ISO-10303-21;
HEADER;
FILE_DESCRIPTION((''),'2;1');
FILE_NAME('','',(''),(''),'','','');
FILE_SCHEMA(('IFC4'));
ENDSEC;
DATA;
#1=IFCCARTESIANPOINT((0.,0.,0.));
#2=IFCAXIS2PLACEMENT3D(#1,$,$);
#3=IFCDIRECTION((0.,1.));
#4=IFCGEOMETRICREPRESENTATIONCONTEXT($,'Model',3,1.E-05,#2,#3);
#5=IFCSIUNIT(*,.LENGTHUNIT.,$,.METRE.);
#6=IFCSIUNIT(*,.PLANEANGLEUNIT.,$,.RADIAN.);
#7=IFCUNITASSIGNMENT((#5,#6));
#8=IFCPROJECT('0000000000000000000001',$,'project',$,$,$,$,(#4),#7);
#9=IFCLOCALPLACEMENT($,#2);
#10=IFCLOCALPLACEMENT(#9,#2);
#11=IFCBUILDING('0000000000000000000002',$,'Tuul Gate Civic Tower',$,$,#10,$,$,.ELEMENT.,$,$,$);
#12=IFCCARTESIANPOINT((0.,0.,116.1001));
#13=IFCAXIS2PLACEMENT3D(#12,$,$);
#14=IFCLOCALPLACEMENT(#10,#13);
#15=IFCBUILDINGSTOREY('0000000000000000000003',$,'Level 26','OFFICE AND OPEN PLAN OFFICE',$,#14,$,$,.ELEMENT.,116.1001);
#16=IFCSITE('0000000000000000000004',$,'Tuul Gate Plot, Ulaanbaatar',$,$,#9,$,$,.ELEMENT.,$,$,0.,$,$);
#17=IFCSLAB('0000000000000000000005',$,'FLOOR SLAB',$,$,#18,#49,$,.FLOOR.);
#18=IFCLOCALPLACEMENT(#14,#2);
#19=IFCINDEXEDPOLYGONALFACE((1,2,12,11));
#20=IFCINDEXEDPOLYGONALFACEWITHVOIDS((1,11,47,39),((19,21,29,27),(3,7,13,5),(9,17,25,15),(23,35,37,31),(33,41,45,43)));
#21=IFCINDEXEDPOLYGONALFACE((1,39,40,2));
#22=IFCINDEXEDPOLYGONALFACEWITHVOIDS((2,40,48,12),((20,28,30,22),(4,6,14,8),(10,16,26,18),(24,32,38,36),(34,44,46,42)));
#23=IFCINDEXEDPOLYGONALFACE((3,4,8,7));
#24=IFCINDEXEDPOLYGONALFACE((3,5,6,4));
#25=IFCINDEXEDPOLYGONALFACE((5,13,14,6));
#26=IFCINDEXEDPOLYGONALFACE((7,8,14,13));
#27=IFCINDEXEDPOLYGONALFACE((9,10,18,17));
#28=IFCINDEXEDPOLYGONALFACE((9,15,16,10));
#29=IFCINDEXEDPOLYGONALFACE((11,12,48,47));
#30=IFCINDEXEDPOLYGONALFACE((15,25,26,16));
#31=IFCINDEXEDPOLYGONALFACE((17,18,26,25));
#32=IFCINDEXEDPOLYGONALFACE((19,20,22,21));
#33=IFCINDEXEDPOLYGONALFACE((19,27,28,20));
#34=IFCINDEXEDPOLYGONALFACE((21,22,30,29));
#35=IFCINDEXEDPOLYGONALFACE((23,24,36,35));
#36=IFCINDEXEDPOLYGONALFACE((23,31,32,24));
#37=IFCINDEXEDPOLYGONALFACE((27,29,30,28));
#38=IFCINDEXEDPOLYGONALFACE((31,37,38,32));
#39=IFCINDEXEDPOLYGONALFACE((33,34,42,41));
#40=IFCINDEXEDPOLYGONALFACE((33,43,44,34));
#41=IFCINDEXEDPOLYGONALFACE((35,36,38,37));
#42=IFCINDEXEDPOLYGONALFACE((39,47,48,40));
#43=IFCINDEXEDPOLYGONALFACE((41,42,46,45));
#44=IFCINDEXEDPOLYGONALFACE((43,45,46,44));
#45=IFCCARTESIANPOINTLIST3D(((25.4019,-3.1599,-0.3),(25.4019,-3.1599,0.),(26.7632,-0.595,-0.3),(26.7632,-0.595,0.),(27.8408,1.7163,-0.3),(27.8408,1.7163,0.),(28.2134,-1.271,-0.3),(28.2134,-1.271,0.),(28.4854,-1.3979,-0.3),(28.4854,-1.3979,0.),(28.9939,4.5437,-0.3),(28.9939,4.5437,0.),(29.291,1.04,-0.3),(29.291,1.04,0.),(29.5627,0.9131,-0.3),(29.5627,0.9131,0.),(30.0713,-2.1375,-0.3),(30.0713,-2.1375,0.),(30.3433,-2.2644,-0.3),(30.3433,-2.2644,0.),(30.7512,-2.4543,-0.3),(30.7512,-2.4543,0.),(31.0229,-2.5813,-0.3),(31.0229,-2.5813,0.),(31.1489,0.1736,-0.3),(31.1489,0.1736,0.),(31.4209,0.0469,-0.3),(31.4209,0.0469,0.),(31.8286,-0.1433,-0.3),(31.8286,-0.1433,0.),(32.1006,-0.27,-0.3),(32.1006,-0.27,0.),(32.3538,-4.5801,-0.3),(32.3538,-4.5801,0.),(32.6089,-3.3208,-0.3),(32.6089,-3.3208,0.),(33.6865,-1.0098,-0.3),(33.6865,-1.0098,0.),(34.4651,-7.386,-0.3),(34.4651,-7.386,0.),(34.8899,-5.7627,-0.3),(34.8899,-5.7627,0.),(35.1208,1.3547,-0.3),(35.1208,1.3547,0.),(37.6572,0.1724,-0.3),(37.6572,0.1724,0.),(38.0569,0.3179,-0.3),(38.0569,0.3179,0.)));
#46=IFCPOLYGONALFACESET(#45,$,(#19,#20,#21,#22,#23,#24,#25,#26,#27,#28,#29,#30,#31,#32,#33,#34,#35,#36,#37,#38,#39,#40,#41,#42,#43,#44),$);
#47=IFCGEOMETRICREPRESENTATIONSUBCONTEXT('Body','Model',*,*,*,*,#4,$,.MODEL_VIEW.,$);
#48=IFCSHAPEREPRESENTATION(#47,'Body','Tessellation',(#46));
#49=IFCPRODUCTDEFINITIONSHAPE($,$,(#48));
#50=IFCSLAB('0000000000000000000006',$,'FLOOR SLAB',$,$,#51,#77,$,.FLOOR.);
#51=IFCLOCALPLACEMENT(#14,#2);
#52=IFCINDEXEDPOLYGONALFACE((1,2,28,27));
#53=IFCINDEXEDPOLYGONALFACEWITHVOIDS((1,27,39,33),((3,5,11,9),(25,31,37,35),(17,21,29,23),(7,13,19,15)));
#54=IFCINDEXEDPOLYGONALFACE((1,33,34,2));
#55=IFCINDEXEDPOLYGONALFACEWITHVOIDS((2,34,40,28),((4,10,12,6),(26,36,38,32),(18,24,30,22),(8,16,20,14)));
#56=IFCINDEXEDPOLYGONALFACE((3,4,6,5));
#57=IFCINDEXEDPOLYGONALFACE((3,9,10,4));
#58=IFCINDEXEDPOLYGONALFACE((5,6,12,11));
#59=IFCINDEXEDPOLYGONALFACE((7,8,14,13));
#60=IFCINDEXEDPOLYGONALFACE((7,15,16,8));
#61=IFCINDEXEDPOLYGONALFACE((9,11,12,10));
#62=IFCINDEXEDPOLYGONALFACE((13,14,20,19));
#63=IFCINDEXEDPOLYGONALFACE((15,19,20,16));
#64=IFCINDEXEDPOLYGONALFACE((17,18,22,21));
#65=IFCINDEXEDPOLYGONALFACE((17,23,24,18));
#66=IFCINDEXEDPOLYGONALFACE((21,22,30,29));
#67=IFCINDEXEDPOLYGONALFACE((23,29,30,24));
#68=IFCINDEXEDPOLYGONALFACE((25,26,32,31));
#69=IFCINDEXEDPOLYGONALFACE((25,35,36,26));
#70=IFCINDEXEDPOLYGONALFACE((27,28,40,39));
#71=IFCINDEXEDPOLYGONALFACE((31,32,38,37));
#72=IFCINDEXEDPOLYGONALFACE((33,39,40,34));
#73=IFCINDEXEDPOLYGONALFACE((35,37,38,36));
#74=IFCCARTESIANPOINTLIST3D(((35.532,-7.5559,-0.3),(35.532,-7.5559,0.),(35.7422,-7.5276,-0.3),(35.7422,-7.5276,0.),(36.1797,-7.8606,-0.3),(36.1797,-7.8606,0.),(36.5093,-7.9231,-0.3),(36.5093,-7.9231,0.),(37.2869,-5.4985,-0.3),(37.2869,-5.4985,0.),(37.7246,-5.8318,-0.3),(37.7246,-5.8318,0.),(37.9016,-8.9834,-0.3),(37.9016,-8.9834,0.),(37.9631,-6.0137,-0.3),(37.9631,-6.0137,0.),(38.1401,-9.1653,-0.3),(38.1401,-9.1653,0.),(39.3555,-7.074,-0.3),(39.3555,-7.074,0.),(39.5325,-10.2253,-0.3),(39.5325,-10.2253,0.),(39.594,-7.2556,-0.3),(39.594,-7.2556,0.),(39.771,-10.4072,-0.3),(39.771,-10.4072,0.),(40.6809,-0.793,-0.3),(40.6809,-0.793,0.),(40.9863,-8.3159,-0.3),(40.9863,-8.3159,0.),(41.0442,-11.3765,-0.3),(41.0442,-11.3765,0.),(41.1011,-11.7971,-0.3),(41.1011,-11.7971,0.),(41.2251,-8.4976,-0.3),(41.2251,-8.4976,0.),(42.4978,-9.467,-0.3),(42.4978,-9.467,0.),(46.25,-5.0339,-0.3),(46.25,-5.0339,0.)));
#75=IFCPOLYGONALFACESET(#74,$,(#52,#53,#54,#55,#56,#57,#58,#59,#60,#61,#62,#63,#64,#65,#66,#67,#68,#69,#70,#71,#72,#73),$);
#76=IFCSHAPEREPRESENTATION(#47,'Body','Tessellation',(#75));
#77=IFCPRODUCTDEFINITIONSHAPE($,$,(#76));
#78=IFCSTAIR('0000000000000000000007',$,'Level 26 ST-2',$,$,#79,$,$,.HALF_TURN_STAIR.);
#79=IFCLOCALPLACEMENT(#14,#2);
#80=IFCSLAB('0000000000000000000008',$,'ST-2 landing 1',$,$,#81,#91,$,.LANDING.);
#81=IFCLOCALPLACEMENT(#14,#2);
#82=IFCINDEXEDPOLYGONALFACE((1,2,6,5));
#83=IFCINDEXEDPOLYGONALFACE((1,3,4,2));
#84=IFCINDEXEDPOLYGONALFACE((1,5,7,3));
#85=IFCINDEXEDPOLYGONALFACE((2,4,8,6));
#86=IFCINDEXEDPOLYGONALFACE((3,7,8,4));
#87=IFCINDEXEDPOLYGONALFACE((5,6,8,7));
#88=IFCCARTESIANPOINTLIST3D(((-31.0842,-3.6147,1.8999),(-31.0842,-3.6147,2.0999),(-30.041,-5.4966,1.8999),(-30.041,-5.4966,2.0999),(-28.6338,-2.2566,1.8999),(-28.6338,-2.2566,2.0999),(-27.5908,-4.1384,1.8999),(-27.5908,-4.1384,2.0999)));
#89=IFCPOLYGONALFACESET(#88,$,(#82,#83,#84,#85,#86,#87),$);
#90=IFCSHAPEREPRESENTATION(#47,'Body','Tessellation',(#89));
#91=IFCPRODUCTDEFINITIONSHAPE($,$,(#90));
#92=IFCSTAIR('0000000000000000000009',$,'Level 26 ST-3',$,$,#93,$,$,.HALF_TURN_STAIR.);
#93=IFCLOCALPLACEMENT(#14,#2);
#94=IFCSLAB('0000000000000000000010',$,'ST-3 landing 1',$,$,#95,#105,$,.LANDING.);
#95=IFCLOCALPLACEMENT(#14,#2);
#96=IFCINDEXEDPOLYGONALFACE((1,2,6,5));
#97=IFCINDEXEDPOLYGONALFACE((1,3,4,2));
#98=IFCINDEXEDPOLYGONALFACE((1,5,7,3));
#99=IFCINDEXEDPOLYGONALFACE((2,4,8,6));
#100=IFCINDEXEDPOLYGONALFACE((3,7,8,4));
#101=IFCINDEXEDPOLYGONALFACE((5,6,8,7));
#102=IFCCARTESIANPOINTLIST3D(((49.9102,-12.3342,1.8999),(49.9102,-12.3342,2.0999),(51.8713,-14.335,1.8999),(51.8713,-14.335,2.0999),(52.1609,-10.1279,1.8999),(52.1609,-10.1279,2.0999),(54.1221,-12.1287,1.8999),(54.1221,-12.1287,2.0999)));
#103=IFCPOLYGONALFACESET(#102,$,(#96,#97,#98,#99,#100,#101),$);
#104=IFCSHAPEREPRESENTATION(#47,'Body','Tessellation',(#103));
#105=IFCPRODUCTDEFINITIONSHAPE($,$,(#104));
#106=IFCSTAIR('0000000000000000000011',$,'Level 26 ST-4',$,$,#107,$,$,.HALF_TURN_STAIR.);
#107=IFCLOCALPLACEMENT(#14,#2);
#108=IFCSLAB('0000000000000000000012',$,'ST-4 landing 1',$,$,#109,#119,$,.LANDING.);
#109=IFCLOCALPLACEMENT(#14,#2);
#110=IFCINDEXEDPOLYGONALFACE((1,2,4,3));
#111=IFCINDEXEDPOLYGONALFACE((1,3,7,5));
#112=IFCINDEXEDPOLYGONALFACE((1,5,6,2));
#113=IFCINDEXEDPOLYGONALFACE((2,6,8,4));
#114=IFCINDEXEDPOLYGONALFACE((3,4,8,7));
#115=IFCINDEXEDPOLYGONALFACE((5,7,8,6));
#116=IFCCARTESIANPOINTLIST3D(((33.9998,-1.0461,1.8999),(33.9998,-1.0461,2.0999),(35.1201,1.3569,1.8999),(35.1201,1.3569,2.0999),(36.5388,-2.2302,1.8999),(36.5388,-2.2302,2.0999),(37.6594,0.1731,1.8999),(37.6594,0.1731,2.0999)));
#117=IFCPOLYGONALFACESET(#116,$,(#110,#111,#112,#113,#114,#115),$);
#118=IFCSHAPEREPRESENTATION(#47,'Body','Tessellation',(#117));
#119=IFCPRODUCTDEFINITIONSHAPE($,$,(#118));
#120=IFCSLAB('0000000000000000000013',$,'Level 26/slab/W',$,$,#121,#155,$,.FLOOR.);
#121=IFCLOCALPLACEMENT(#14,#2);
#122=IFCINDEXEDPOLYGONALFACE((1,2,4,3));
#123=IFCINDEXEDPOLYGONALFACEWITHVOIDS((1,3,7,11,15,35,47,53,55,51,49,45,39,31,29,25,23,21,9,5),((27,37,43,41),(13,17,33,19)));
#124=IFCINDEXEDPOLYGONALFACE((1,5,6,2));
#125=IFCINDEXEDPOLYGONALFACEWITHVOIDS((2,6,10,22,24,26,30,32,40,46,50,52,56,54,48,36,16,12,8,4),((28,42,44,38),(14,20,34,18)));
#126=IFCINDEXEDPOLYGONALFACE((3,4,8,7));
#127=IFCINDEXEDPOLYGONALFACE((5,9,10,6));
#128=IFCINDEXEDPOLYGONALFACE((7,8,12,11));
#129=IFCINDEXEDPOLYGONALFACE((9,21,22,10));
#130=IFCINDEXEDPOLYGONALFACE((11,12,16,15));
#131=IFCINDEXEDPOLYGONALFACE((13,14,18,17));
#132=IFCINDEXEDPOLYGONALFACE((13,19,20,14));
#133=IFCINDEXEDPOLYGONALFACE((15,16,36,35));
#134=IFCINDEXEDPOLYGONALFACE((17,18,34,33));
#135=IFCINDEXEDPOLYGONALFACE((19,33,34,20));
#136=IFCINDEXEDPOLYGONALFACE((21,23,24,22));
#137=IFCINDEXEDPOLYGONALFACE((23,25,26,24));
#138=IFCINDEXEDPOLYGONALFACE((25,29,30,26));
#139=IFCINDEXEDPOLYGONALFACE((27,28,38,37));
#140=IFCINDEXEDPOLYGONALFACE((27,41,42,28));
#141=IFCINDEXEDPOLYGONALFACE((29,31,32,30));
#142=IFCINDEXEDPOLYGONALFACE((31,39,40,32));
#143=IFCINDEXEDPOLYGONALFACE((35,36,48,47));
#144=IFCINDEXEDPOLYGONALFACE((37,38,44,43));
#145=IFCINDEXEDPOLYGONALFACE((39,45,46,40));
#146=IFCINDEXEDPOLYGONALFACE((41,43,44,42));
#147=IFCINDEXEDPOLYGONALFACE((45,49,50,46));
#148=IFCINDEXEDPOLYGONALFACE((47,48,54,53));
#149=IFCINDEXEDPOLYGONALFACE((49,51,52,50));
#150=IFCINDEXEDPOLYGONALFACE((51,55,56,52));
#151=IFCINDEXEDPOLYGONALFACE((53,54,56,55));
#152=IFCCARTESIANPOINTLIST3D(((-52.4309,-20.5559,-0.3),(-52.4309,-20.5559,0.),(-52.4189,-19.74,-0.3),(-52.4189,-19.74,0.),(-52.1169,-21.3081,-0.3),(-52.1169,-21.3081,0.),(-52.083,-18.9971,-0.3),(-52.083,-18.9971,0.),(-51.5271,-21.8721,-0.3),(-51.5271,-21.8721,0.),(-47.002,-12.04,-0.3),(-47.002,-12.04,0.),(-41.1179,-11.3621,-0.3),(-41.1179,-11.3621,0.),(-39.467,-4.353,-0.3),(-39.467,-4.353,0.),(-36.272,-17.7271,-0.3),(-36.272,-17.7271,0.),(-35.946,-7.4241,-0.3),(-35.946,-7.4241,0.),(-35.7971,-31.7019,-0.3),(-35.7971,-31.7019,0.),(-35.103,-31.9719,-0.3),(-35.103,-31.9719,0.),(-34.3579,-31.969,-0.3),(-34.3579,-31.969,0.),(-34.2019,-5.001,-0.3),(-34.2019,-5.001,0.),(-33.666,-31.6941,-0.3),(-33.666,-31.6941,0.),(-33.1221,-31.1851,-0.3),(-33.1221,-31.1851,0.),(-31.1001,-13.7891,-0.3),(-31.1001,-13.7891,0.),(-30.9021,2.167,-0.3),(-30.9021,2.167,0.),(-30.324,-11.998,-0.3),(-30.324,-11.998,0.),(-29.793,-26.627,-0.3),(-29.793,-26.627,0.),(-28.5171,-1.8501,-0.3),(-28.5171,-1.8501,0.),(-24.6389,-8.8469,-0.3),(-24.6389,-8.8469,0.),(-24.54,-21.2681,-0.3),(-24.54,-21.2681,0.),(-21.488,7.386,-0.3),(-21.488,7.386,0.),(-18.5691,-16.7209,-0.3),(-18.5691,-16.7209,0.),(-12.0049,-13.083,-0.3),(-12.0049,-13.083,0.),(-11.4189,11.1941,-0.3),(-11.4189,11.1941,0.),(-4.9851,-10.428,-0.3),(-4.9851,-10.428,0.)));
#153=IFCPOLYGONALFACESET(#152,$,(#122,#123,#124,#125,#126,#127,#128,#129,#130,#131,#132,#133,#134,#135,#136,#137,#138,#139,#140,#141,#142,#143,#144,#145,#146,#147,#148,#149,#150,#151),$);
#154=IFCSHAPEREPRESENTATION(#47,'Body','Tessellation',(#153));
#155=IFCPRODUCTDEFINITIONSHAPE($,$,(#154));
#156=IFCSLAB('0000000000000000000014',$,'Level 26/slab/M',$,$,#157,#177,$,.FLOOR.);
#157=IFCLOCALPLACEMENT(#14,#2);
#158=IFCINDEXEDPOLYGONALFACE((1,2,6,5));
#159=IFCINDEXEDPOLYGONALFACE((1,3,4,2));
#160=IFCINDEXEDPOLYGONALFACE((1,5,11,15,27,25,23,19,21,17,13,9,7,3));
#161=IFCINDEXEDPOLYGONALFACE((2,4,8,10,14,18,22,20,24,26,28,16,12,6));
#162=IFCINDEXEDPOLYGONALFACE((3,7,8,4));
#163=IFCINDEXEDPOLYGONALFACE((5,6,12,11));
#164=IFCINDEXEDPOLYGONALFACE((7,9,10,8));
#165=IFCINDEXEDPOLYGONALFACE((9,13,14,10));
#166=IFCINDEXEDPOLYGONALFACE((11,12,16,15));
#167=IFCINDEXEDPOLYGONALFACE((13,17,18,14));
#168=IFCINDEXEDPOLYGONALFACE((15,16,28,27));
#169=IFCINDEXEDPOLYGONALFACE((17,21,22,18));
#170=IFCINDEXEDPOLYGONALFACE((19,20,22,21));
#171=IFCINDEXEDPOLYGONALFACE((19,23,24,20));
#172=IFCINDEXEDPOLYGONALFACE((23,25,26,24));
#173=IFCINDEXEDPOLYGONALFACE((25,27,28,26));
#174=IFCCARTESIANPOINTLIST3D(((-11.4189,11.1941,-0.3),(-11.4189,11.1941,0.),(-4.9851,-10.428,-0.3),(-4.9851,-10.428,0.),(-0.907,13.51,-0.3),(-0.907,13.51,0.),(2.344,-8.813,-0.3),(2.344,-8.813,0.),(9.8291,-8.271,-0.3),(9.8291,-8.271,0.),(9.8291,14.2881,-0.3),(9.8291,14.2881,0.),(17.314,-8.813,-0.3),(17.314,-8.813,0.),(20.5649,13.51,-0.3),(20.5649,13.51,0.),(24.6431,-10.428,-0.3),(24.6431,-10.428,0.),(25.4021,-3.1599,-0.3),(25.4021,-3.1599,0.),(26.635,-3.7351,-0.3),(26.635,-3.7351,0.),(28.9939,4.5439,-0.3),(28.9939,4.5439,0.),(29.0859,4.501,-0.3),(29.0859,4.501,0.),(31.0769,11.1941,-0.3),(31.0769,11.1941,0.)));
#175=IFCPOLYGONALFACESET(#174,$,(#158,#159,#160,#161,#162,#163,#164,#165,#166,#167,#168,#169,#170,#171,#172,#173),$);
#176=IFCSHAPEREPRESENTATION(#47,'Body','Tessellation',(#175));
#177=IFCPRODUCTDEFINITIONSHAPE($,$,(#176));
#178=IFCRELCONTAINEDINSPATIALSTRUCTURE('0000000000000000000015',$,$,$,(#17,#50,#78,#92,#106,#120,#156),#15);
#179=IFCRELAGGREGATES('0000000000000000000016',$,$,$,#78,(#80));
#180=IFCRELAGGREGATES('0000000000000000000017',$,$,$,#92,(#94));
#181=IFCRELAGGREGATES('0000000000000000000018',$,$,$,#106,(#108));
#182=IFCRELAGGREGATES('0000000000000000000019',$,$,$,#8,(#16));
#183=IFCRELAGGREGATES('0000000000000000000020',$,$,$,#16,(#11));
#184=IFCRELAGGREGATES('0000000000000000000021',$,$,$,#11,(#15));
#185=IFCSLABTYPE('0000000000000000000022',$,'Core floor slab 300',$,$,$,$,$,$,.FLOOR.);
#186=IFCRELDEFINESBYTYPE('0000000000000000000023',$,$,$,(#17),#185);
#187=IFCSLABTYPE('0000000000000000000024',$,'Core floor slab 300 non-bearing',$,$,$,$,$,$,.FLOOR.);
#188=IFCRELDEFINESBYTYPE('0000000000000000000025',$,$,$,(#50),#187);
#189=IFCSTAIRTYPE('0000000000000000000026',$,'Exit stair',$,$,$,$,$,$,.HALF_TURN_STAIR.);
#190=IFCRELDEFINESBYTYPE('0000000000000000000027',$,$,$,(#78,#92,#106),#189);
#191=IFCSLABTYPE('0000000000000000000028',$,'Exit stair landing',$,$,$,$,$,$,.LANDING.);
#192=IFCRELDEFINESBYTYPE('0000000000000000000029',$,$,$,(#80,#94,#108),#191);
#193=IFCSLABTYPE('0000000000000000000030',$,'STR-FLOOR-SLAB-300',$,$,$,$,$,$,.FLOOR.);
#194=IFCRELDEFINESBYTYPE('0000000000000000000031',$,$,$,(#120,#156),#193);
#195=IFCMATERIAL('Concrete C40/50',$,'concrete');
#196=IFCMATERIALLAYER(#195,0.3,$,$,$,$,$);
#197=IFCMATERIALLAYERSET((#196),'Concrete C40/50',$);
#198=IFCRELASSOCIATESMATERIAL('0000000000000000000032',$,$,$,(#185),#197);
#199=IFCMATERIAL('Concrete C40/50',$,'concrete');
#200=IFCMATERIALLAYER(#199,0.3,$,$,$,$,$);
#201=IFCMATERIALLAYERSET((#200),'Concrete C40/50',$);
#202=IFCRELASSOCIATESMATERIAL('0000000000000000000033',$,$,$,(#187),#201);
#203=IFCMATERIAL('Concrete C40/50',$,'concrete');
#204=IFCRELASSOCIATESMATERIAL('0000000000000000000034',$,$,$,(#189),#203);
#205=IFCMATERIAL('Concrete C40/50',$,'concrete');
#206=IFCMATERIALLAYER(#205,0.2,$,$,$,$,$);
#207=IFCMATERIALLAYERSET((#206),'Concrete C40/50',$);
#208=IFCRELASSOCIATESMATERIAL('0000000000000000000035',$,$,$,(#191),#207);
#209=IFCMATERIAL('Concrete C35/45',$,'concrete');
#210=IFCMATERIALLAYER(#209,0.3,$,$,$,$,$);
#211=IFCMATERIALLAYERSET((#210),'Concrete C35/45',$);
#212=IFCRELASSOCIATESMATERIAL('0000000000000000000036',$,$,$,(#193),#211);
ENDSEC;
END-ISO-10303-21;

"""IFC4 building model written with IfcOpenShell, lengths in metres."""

from ifc_helpers import new_model, si_unit, direction, frame, origin, place, context, subcontext, project, spatial, polyline, outline, extrude, material, layer, layer_set, type_object, element, aggregate, save


model = new_model("IFC4")

# Units and contexts
model_context = context("Model", 3, precision=1e-05, world=origin(), true_north=direction((0.0, 1.0)))
body_context = subcontext(model_context, "Body", "Model", "MODEL_VIEW")
ifc_project = project(units=[si_unit("LENGTHUNIT", "METRE"), si_unit("PLANEANGLEUNIT", "RADIAN")], contexts=[model_context])

# Site, building, storey
site_placement = place(None, origin())
site = spatial("IfcSite", under=ifc_project, at=site_placement, Name="Tuul Gate Plot, Ulaanbaatar", CompositionType="ELEMENT", RefElevation=0.0)
building_placement = place(site_placement, origin())
building = spatial("IfcBuilding", under=site, at=building_placement, Name="Tuul Gate Civic Tower", CompositionType="ELEMENT")
storey_placement = place(building_placement, frame((0.0, 0.0, 116.1001)))
storey = spatial("IfcBuildingStorey", under=building, at=storey_placement, Name="Level 26", Description="OFFICE AND OPEN PLAN OFFICE", CompositionType="ELEMENT", Elevation=116.1001)

# Slabs
ifc_material_1 = material(Name="Concrete C40/50", Category="concrete")
ifc_layer_1 = layer(ifc_material_1, 0.3)
ifc_layer_set_1 = layer_set([ifc_layer_1], Name="Concrete C40/50")
slab_type_1 = type_object("IfcSlabType", Name="Core floor slab 300", PredefinedType="FLOOR", material=ifc_layer_set_1)
slab_1_placement = place(storey_placement, frame((0.0, 0.0, -0.3)))
element("IfcSlab", 1, at=slab_1_placement, inside=storey, type_object=slab_type_1, Name="FLOOR SLAB", PredefinedType="FLOOR", context=body_context, shape_type="SweptSolid", body=[
    extrude(outline(polyline([(34.4651, -7.386), (38.0569, 0.3179), (28.9939, 4.5437), (25.4019, -3.1599), (34.4651, -7.386)]), holes=[polyline([(32.6089, -3.3208), (33.6865, -1.0098), (32.1006, -0.27), (31.0229, -2.5813), (32.6089, -3.3208)]), polyline([(30.0713, -2.1375), (31.1489, 0.1736), (29.5627, 0.9131), (28.4854, -1.3979), (30.0713, -2.1375)]), polyline([(30.7512, -2.4543), (31.8286, -0.1433), (31.4209, 0.0469), (30.3433, -2.2644), (30.7512, -2.4543)]), polyline([(28.2134, -1.271), (29.291, 1.04), (27.8408, 1.7163), (26.7632, -0.595), (28.2134, -1.271)]), polyline([(34.8899, -5.7627), (32.3538, -4.5801), (35.1208, 1.3547), (37.6572, 0.1724), (34.8899, -5.7627)])]), origin(), (0.0, 0.0, 1.0), 0.3),
])
ifc_material_2 = material(Name="Concrete C40/50", Category="concrete")
ifc_layer_2 = layer(ifc_material_2, 0.3)
ifc_layer_set_2 = layer_set([ifc_layer_2], Name="Concrete C40/50")
slab_type_2 = type_object("IfcSlabType", Name="Core floor slab 300 non-bearing", PredefinedType="FLOOR", material=ifc_layer_set_2)
slab_2_placement = place(storey_placement, frame((0.0, 0.0, -0.3)))
element("IfcSlab", 2, at=slab_2_placement, inside=storey, type_object=slab_type_2, Name="FLOOR SLAB", PredefinedType="FLOOR", context=body_context, shape_type="SweptSolid", body=[
    extrude(outline(polyline([(41.1011, -11.7971), (46.25, -5.0339), (40.6809, -0.793), (35.532, -7.5559), (41.1011, -11.7971)]), holes=[polyline([(41.0442, -11.3765), (42.4978, -9.467), (41.2251, -8.4976), (39.771, -10.4072), (41.0442, -11.3765)]), polyline([(39.5325, -10.2253), (40.9863, -8.3159), (39.594, -7.2556), (38.1401, -9.1653), (39.5325, -10.2253)]), polyline([(37.9016, -8.9834), (39.3555, -7.074), (37.9631, -6.0137), (36.5093, -7.9231), (37.9016, -8.9834)]), polyline([(36.1797, -7.8606), (37.7246, -5.8318), (37.2869, -5.4985), (35.7422, -7.5276), (36.1797, -7.8606)])]), origin(), (0.0, 0.0, 1.0), 0.3),
])

# Stairs, slabs
ifc_material_3 = material(Name="Concrete C40/50", Category="concrete")
stair_type = type_object("IfcStairType", Name="Exit stair", PredefinedType="HALF_TURN_STAIR", material=ifc_material_3)
stair_1_placement = place(storey_placement, origin())
stair_1 = element("IfcStair", 3, at=stair_1_placement, inside=storey, type_object=stair_type, Name="Level 26 ST-2", PredefinedType="HALF_TURN_STAIR")
ifc_material_4 = material(Name="Concrete C40/50", Category="concrete")
ifc_layer_3 = layer(ifc_material_4, 0.2)
ifc_layer_set_3 = layer_set([ifc_layer_3], Name="Concrete C40/50")
slab_type_3 = type_object("IfcSlabType", Name="Exit stair landing", PredefinedType="LANDING", material=ifc_layer_set_3)
slab_3_placement = place(storey_placement, frame((0.0, 0.0, 1.8999)))
slab_3 = element("IfcSlab", 4, at=slab_3_placement, type_object=slab_type_3, Name="ST-2 landing 1", PredefinedType="LANDING", context=body_context, shape_type="SweptSolid", body=[
    extrude(outline(polyline([(-27.5908, -4.1384), (-30.041, -5.4966), (-31.0842, -3.6147), (-28.6338, -2.2566), (-27.5908, -4.1384)])), origin(), (0.0, 0.0, 1.0), 0.2),
])
aggregate(stair_1, [slab_3])
stair_2_placement = place(storey_placement, origin())
stair_2 = element("IfcStair", 5, at=stair_2_placement, inside=storey, type_object=stair_type, Name="Level 26 ST-3", PredefinedType="HALF_TURN_STAIR")
slab_4_placement = place(storey_placement, frame((0.0, 0.0, 1.8999)))
slab_4 = element("IfcSlab", 6, at=slab_4_placement, type_object=slab_type_3, Name="ST-3 landing 1", PredefinedType="LANDING", context=body_context, shape_type="SweptSolid", body=[
    extrude(outline(polyline([(51.8713, -14.335), (49.9102, -12.3342), (52.1609, -10.1279), (54.1221, -12.1287), (51.8713, -14.335)])), origin(), (0.0, 0.0, 1.0), 0.2),
])
aggregate(stair_2, [slab_4])
stair_3_placement = place(storey_placement, origin())
stair_3 = element("IfcStair", 7, at=stair_3_placement, inside=storey, type_object=stair_type, Name="Level 26 ST-4", PredefinedType="HALF_TURN_STAIR")
slab_5_placement = place(storey_placement, frame((0.0, 0.0, 1.8999)))
slab_5 = element("IfcSlab", 8, at=slab_5_placement, type_object=slab_type_3, Name="ST-4 landing 1", PredefinedType="LANDING", context=body_context, shape_type="SweptSolid", body=[
    extrude(outline(polyline([(36.5388, -2.2302), (33.9998, -1.0461), (35.1201, 1.3569), (37.6594, 0.1731), (36.5388, -2.2302)])), origin(), (0.0, 0.0, 1.0), 0.2),
])
aggregate(stair_3, [slab_5])

# Slabs
ifc_material_5 = material(Name="Concrete C35/45", Category="concrete")
ifc_layer_4 = layer(ifc_material_5, 0.3)
ifc_layer_set_4 = layer_set([ifc_layer_4], Name="Concrete C35/45")
slab_type_4 = type_object("IfcSlabType", Name="STR-FLOOR-SLAB-300", PredefinedType="FLOOR", material=ifc_layer_set_4)
slab_6_placement = place(storey_placement, frame((0.0, 0.0, -0.3)))
element("IfcSlab", 9, at=slab_6_placement, inside=storey, type_object=slab_type_4, Name="Level 26/slab/W", PredefinedType="FLOOR", context=body_context, shape_type="SweptSolid", body=[
    extrude(outline(polyline([(-12.0049, -13.083), (-4.9851, -10.428), (-11.4189, 11.1941), (-21.488, 7.386), (-30.9021, 2.167), (-39.467, -4.353), (-47.002, -12.04), (-52.083, -18.9971), (-52.4189, -19.74), (-52.4309, -20.5559), (-52.1169, -21.3081), (-51.5271, -21.8721), (-35.7971, -31.7019), (-35.103, -31.9719), (-34.3579, -31.969), (-33.666, -31.6941), (-33.1221, -31.1851), (-29.793, -26.627), (-24.54, -21.2681), (-18.5691, -16.7209), (-12.0049, -13.083)]), holes=[polyline([(-31.1001, -13.7891), (-36.272, -17.7271), (-41.1179, -11.3621), (-35.946, -7.4241), (-31.1001, -13.7891)]), polyline([(-24.6389, -8.8469), (-30.324, -11.998), (-34.2019, -5.001), (-28.5171, -1.8501), (-24.6389, -8.8469)])]), origin(), (0.0, 0.0, 1.0), 0.3),
])
slab_7_placement = place(storey_placement, frame((0.0, 0.0, -0.3)))
element("IfcSlab", 10, at=slab_7_placement, inside=storey, type_object=slab_type_4, Name="Level 26/slab/M", PredefinedType="FLOOR", context=body_context, shape_type="SweptSolid", body=[
    extrude(outline(polyline([(24.6431, -10.428), (26.635, -3.7351), (25.4021, -3.1599), (28.9939, 4.5439), (29.0859, 4.501), (31.0769, 11.1941), (20.5649, 13.51), (9.8291, 14.2881), (-0.907, 13.51), (-11.4189, 11.1941), (-4.9851, -10.428), (2.344, -8.813), (9.8291, -8.271), (17.314, -8.813), (24.6431, -10.428)])), origin(), (0.0, 0.0, 1.0), 0.3),
])

save(model, "model.ifc")
